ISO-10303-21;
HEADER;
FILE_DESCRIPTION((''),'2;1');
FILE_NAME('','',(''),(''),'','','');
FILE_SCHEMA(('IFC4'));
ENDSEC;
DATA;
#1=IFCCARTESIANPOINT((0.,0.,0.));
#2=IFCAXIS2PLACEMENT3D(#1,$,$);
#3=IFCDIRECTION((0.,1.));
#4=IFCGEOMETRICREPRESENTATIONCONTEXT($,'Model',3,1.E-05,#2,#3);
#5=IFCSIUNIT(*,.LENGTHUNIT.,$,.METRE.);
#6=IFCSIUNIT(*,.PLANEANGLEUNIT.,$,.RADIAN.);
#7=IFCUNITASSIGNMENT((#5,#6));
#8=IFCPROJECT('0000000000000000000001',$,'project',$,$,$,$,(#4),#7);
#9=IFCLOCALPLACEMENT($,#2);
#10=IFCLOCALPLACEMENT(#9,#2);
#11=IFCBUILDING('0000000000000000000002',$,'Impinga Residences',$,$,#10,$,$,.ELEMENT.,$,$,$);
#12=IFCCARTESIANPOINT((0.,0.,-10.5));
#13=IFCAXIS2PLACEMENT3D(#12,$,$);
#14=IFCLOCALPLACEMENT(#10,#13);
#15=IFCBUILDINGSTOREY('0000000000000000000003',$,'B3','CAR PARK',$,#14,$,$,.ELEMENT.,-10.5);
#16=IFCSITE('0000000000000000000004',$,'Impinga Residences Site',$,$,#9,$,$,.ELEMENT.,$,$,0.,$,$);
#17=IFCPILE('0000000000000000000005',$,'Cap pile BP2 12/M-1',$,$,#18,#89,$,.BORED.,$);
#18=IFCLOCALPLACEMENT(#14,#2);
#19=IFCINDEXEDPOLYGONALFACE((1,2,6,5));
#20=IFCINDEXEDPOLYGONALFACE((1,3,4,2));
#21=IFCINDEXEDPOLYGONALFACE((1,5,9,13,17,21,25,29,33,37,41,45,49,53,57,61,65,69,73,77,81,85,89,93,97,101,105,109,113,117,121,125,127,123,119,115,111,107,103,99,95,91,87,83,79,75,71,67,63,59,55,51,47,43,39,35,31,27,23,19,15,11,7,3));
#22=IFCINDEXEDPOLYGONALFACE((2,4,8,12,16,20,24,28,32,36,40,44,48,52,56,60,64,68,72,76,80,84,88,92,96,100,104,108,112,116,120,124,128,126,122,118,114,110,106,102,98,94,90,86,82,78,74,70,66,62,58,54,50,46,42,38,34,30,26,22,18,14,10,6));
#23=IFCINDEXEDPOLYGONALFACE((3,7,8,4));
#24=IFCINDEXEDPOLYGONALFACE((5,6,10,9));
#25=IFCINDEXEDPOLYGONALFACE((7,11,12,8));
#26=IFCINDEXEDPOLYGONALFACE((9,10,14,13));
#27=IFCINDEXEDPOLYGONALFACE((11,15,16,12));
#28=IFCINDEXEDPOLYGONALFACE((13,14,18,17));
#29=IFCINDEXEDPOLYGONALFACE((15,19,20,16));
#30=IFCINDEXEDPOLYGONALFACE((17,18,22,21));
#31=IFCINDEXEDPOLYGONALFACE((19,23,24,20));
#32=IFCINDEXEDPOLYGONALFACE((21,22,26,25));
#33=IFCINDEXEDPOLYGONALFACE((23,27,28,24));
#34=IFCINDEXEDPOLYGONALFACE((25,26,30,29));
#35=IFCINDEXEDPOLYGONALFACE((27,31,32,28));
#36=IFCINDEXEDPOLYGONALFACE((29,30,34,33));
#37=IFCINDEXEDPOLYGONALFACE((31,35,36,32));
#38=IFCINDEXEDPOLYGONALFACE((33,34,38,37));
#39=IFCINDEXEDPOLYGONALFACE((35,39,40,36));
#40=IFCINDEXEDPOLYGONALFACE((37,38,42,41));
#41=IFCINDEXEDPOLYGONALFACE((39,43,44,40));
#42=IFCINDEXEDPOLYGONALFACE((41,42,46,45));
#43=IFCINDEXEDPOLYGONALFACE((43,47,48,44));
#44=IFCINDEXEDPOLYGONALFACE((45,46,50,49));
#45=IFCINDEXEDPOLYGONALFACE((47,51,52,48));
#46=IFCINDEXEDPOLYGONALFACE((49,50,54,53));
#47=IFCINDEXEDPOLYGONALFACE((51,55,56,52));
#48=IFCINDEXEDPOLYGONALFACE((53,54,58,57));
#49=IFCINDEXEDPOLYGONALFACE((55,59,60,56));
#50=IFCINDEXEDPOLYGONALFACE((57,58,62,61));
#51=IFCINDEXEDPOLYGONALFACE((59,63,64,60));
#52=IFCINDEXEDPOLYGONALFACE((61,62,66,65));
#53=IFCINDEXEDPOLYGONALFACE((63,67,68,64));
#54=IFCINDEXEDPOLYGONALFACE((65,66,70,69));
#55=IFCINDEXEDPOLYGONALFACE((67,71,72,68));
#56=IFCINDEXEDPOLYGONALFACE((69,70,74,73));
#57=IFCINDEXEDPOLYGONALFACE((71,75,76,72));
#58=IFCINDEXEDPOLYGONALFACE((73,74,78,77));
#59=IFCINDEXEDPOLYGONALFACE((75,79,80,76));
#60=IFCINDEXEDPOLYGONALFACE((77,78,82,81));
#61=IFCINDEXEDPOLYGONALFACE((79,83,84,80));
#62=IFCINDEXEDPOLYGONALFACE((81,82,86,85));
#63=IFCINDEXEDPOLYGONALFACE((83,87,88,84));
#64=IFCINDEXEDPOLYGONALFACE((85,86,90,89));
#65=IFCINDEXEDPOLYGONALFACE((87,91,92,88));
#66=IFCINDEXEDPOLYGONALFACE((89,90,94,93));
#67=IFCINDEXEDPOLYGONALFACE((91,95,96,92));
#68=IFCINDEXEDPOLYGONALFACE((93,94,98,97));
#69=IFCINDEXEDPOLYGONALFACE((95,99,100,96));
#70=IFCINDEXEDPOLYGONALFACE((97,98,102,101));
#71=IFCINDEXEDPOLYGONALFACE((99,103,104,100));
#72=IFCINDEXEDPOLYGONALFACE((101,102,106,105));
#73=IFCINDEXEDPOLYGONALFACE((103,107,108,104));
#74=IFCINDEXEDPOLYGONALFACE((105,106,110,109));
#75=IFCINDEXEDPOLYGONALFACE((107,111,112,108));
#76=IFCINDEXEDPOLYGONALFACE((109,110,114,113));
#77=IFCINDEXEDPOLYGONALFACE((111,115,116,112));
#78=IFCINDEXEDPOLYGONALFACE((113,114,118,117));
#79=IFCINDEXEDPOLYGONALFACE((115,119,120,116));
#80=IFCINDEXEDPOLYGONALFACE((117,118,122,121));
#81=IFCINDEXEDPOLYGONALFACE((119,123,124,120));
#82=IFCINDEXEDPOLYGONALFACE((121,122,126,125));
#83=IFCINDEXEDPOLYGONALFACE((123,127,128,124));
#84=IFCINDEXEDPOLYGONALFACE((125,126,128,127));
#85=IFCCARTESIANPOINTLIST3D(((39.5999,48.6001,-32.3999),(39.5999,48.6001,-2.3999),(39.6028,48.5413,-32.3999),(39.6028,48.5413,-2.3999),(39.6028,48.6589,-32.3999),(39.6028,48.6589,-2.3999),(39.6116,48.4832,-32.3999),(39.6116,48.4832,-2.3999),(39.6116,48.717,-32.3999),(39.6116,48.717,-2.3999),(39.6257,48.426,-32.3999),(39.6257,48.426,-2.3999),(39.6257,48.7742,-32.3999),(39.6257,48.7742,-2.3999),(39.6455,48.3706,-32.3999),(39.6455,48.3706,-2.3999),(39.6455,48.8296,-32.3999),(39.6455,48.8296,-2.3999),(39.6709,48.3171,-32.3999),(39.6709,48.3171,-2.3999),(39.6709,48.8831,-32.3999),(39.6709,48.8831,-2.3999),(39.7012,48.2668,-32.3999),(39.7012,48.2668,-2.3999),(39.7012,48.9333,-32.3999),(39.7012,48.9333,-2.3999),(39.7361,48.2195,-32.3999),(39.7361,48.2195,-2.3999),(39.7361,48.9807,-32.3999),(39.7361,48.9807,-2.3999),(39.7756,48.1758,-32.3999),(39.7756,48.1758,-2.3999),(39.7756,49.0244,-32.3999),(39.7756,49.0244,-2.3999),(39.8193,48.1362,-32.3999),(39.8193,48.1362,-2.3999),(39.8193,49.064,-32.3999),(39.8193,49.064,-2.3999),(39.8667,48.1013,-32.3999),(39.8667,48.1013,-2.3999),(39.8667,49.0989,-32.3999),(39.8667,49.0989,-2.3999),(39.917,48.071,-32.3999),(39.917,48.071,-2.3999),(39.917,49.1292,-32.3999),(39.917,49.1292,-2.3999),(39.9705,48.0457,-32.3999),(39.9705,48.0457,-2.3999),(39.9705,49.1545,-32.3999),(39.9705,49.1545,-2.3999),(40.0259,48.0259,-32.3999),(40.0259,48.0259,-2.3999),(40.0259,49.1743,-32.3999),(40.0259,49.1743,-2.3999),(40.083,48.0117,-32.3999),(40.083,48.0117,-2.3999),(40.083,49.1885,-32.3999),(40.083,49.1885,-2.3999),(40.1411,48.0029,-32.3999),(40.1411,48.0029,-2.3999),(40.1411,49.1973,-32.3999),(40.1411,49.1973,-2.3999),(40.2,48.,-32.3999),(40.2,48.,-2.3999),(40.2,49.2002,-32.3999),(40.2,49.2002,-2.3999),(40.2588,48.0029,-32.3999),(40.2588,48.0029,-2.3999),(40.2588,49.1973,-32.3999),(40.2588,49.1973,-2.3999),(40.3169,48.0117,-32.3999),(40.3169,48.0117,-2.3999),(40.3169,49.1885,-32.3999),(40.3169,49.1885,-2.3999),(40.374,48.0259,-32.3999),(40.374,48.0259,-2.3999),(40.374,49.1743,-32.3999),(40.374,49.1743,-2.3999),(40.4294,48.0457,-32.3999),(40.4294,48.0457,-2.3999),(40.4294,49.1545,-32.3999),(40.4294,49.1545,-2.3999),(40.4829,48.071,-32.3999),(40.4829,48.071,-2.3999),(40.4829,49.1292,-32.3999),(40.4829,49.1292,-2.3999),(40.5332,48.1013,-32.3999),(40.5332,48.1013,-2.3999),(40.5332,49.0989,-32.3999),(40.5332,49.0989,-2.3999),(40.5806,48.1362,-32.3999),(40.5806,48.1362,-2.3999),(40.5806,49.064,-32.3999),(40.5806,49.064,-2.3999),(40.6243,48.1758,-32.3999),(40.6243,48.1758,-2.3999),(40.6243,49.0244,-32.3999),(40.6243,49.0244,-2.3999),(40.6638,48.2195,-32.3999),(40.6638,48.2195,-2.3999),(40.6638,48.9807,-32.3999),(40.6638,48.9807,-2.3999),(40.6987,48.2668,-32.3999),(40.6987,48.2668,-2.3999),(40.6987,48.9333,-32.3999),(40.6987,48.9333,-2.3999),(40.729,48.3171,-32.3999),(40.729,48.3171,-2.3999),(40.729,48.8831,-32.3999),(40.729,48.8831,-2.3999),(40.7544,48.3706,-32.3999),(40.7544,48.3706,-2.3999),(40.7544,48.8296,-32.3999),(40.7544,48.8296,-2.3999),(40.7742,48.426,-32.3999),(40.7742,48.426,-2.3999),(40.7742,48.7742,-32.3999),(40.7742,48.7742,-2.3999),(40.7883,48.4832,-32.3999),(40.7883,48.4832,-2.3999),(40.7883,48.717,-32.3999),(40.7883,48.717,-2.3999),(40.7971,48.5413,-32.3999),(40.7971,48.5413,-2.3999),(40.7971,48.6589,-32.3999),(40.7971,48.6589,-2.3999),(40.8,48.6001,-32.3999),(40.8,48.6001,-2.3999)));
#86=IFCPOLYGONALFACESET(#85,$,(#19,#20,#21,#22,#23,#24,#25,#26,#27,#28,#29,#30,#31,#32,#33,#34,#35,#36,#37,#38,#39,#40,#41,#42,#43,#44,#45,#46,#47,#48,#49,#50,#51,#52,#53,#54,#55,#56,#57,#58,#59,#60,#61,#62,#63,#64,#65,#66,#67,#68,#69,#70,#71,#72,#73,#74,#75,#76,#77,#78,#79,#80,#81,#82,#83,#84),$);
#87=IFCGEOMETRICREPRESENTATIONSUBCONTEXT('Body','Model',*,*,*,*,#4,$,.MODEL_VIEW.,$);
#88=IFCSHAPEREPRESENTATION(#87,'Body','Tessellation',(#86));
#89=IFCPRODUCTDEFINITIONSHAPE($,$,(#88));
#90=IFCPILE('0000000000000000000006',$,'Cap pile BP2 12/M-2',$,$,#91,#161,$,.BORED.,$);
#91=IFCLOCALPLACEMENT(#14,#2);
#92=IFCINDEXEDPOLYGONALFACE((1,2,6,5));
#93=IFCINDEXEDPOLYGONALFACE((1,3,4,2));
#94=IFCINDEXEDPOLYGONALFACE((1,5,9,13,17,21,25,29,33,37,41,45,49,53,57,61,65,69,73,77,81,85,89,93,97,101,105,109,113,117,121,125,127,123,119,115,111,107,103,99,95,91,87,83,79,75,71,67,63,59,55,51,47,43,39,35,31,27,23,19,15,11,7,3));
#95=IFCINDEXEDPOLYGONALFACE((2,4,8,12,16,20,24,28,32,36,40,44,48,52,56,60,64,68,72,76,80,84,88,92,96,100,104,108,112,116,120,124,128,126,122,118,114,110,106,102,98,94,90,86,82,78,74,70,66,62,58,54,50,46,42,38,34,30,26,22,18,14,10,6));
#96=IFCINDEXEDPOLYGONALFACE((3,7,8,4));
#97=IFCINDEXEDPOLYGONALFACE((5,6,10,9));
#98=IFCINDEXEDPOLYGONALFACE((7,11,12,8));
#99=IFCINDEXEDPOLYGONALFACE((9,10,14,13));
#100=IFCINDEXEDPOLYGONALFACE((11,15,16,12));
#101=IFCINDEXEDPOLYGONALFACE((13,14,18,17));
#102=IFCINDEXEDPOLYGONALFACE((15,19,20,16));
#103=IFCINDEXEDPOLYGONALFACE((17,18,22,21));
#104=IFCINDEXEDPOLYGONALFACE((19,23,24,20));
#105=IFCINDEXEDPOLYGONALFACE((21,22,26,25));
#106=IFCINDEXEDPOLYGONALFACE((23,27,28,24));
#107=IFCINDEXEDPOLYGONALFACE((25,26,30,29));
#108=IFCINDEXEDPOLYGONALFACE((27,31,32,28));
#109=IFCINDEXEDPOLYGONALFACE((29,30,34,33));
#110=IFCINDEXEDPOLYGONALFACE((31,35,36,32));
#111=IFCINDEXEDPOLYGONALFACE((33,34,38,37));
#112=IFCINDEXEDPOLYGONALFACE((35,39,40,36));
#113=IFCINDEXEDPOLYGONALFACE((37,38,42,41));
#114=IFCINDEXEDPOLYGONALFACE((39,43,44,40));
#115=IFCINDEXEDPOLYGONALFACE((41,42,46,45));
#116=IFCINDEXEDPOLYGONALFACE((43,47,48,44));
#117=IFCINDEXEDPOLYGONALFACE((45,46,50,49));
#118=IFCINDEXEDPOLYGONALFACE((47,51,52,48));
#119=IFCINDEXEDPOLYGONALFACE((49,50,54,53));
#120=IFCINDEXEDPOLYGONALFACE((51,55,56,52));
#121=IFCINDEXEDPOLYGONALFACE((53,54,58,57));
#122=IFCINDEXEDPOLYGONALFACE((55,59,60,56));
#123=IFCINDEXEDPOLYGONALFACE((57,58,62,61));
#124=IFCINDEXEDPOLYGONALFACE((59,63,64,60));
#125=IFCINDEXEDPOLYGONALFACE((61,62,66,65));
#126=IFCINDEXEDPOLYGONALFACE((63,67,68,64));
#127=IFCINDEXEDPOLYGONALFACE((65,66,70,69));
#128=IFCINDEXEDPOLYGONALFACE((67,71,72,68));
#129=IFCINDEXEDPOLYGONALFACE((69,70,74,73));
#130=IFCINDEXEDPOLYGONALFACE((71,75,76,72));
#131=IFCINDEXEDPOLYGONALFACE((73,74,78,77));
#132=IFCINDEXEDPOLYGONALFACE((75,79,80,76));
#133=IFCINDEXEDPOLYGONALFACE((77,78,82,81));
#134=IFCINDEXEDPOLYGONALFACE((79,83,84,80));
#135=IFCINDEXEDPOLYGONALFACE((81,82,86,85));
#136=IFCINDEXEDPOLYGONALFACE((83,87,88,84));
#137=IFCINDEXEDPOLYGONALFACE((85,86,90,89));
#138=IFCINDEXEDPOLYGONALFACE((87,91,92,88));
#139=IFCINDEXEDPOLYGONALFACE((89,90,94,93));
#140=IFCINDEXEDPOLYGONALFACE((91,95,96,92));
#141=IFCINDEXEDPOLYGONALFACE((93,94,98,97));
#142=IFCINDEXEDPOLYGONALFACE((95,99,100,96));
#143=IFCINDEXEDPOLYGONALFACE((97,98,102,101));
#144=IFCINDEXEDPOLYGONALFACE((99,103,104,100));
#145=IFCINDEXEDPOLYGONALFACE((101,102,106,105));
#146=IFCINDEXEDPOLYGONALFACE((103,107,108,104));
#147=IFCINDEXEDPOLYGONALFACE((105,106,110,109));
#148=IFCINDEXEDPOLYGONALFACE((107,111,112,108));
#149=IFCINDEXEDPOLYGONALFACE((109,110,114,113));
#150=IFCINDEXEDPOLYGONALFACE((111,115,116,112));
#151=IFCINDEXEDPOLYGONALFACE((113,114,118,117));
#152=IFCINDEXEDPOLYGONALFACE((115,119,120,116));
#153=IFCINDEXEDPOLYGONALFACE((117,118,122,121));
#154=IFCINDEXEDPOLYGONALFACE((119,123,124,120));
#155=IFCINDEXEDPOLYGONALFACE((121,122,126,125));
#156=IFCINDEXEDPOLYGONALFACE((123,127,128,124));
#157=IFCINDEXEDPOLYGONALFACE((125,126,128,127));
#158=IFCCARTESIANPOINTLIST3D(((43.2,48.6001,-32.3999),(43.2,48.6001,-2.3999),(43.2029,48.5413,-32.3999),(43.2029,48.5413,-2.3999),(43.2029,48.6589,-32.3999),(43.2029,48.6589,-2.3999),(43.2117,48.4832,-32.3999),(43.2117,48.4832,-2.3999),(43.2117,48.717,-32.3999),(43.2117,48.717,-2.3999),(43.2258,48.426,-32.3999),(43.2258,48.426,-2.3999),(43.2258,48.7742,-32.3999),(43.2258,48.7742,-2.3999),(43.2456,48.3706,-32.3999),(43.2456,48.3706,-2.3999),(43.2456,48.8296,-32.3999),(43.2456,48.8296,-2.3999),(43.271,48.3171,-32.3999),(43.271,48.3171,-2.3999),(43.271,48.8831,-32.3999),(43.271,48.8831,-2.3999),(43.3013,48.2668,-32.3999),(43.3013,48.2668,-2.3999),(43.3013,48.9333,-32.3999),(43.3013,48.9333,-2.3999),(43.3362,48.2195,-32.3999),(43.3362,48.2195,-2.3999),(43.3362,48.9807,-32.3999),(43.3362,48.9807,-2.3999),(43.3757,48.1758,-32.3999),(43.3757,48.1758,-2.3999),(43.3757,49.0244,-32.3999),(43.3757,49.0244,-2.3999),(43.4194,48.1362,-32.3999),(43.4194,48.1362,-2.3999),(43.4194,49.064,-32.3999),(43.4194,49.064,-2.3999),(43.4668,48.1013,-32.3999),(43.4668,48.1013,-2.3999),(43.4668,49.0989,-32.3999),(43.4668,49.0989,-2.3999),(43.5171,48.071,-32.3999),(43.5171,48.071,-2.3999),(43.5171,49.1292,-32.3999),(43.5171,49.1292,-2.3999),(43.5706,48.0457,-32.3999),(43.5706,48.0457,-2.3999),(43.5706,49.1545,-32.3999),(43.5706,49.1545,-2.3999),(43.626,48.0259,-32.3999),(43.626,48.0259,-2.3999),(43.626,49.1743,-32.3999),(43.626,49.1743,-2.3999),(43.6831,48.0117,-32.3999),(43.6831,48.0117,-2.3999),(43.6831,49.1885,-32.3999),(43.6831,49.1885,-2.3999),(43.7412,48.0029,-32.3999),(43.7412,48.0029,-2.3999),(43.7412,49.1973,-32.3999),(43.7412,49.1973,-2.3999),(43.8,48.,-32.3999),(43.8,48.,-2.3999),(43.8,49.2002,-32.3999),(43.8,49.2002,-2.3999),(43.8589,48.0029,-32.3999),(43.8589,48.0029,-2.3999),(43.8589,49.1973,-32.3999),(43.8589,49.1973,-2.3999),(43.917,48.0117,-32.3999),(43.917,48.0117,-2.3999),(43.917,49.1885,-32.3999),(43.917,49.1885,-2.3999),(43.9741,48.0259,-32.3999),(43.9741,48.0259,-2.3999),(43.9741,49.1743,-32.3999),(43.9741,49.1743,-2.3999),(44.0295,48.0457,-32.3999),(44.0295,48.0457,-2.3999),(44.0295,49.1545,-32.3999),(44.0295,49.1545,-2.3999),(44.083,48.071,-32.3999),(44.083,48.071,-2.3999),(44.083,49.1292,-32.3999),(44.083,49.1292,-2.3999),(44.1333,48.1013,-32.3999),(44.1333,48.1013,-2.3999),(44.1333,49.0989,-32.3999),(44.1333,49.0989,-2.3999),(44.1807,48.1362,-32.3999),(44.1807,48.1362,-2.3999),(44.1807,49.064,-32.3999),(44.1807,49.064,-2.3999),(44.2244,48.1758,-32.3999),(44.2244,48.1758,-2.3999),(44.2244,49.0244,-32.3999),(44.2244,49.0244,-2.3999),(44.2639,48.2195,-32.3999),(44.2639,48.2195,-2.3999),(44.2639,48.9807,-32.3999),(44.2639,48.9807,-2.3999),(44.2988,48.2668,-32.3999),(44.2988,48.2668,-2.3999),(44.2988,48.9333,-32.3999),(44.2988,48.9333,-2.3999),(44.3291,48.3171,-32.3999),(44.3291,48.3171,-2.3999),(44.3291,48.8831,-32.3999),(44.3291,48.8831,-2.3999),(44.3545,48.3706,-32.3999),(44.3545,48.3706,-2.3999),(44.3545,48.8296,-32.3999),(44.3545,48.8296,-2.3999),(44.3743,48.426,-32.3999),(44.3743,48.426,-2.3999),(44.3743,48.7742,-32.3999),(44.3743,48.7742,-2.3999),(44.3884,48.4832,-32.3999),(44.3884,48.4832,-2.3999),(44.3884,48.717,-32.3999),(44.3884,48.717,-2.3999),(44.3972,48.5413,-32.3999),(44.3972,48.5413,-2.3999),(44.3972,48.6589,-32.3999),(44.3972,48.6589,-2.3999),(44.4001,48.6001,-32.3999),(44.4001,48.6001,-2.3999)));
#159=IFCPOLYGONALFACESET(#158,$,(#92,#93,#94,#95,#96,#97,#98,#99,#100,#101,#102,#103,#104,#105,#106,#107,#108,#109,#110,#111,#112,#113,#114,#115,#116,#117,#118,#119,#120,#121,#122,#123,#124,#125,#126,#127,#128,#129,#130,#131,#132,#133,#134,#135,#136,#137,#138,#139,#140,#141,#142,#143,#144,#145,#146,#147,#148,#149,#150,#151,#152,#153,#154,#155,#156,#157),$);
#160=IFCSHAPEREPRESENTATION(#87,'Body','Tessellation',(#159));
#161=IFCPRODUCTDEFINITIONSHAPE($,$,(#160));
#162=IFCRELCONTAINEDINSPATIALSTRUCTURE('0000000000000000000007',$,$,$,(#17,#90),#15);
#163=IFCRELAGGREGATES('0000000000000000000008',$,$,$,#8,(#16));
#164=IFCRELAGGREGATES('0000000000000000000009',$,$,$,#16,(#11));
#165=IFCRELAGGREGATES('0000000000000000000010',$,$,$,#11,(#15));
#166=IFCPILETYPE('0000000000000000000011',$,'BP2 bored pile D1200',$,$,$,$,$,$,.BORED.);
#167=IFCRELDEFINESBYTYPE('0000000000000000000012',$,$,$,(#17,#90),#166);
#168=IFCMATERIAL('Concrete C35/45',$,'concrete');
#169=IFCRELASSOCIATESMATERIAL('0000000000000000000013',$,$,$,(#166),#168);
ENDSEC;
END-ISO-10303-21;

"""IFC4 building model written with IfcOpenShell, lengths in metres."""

from ifc_helpers import new_model, si_unit, direction, frame, origin, origin_2d, place, context, subcontext, project, spatial, polyline, circle, outline, extrude, material, material_profile, profile_set, type_object, element, save


model = new_model("IFC4")

# Units and contexts
model_context = context("Model", 3, precision=1e-05, world=origin(), true_north=direction((0.0, 1.0)))
body_context = subcontext(model_context, "Body", "Model", "MODEL_VIEW")
ifc_project = project(units=[si_unit("LENGTHUNIT", "METRE"), si_unit("PLANEANGLEUNIT", "RADIAN")], contexts=[model_context])

# Site, building, storey
site_placement = place(None, origin())
site = spatial("IfcSite", under=ifc_project, at=site_placement, Name="Impinga Residences Site", CompositionType="ELEMENT", RefElevation=0.0)
building_placement = place(site_placement, origin())
building = spatial("IfcBuilding", under=site, at=building_placement, Name="Impinga Residences", CompositionType="ELEMENT")
storey_placement = place(building_placement, frame((0.0, 0.0, -10.5)))
storey = spatial("IfcBuildingStorey", under=building, at=storey_placement, Name="B3", Description="CAR PARK", CompositionType="ELEMENT", Elevation=-10.5)

# Piles
ifc_material_1 = material(Name="Concrete C35/45", Category="concrete")
ifc_material_profile_1 = material_profile(ifc_material_1, circle(Radius=0.6001, at=origin_2d()), Name="D1200")
ifc_profile_set_1 = profile_set([ifc_material_profile_1], Name="Concrete C35/45")
pile_type = type_object("IfcPileType", Name="BP2 bored pile D1200", PredefinedType="BORED", material=ifc_profile_set_1)
pile_1_placement = place(storey_placement, frame((40.2, 48.6001, -2.3999), z_axis=(0.0, 0.0, -1.0), x_axis=(1.0, 0.0, 0.0)))
element("IfcPile", 1, at=pile_1_placement, inside=storey, type_object=pile_type, Name="Cap pile BP2 12/M-1", PredefinedType="BORED", context=body_context, shape_type="SweptSolid", body=[
    extrude(outline(polyline([(0.6001, 0.0), (0.5972, 0.0588), (0.5884, 0.1169), (0.5742, 0.1741), (0.5544, 0.2295), (0.5291, 0.283), (0.4988, 0.3333), (0.4639, 0.3806), (0.4243, 0.4243), (0.3806, 0.4639), (0.3333, 0.4988), (0.283, 0.5291), (0.2295, 0.5544), (0.1741, 0.5742), (0.1169, 0.5884), (0.0588, 0.5972), (0.0, 0.6001), (-0.0588, 0.5972), (-0.1169, 0.5884), (-0.1741, 0.5742), (-0.2295, 0.5544), (-0.283, 0.5291), (-0.3333, 0.4988), (-0.3806, 0.4639), (-0.4243, 0.4243), (-0.4639, 0.3806), (-0.4988, 0.3333), (-0.5291, 0.283), (-0.5544, 0.2295), (-0.5742, 0.1741), (-0.5884, 0.1169), (-0.5972, 0.0588), (-0.6001, 0.0), (-0.5972, -0.0588), (-0.5884, -0.1169), (-0.5742, -0.1741), (-0.5544, -0.2295), (-0.5291, -0.283), (-0.4988, -0.3333), (-0.4639, -0.3806), (-0.4243, -0.4243), (-0.3806, -0.4639), (-0.3333, -0.4988), (-0.283, -0.5291), (-0.2295, -0.5544), (-0.1741, -0.5742), (-0.1169, -0.5884), (-0.0588, -0.5972), (0.0, -0.6001), (0.0588, -0.5972), (0.1169, -0.5884), (0.1741, -0.5742), (0.2295, -0.5544), (0.283, -0.5291), (0.3333, -0.4988), (0.3806, -0.4639), (0.4243, -0.4243), (0.4639, -0.3806), (0.4988, -0.3333), (0.5291, -0.283), (0.5544, -0.2295), (0.5742, -0.1741), (0.5884, -0.1169), (0.5972, -0.0588), (0.6001, 0.0)])), origin(), (0.0, 0.0, 1.0), 30.0),
])
pile_2_placement = place(storey_placement, frame((43.8, 48.6001, -2.3999), z_axis=(0.0, 0.0, -1.0), x_axis=(1.0, 0.0, 0.0)))
element("IfcPile", 2, at=pile_2_placement, inside=storey, type_object=pile_type, Name="Cap pile BP2 12/M-2", PredefinedType="BORED", context=body_context, shape_type="SweptSolid", body=[
    extrude(outline(polyline([(0.6001, 0.0), (0.5972, 0.0588), (0.5884, 0.1169), (0.5742, 0.1741), (0.5544, 0.2295), (0.5291, 0.283), (0.4988, 0.3333), (0.4639, 0.3806), (0.4243, 0.4243), (0.3806, 0.4639), (0.3333, 0.4988), (0.283, 0.5291), (0.2295, 0.5544), (0.1741, 0.5742), (0.1169, 0.5884), (0.0588, 0.5972), (0.0, 0.6001), (-0.0588, 0.5972), (-0.1169, 0.5884), (-0.1741, 0.5742), (-0.2295, 0.5544), (-0.283, 0.5291), (-0.3333, 0.4988), (-0.3806, 0.4639), (-0.4243, 0.4243), (-0.4639, 0.3806), (-0.4988, 0.3333), (-0.5291, 0.283), (-0.5544, 0.2295), (-0.5742, 0.1741), (-0.5884, 0.1169), (-0.5972, 0.0588), (-0.6001, 0.0), (-0.5972, -0.0588), (-0.5884, -0.1169), (-0.5742, -0.1741), (-0.5544, -0.2295), (-0.5291, -0.283), (-0.4988, -0.3333), (-0.4639, -0.3806), (-0.4243, -0.4243), (-0.3806, -0.4639), (-0.3333, -0.4988), (-0.283, -0.5291), (-0.2295, -0.5544), (-0.1741, -0.5742), (-0.1169, -0.5884), (-0.0588, -0.5972), (0.0, -0.6001), (0.0588, -0.5972), (0.1169, -0.5884), (0.1741, -0.5742), (0.2295, -0.5544), (0.283, -0.5291), (0.3333, -0.4988), (0.3806, -0.4639), (0.4243, -0.4243), (0.4639, -0.3806), (0.4988, -0.3333), (0.5291, -0.283), (0.5544, -0.2295), (0.5742, -0.1741), (0.5884, -0.1169), (0.5972, -0.0588), (0.6001, 0.0)])), origin(), (0.0, 0.0, 1.0), 30.0),
])

save(model, "model.ifc")
